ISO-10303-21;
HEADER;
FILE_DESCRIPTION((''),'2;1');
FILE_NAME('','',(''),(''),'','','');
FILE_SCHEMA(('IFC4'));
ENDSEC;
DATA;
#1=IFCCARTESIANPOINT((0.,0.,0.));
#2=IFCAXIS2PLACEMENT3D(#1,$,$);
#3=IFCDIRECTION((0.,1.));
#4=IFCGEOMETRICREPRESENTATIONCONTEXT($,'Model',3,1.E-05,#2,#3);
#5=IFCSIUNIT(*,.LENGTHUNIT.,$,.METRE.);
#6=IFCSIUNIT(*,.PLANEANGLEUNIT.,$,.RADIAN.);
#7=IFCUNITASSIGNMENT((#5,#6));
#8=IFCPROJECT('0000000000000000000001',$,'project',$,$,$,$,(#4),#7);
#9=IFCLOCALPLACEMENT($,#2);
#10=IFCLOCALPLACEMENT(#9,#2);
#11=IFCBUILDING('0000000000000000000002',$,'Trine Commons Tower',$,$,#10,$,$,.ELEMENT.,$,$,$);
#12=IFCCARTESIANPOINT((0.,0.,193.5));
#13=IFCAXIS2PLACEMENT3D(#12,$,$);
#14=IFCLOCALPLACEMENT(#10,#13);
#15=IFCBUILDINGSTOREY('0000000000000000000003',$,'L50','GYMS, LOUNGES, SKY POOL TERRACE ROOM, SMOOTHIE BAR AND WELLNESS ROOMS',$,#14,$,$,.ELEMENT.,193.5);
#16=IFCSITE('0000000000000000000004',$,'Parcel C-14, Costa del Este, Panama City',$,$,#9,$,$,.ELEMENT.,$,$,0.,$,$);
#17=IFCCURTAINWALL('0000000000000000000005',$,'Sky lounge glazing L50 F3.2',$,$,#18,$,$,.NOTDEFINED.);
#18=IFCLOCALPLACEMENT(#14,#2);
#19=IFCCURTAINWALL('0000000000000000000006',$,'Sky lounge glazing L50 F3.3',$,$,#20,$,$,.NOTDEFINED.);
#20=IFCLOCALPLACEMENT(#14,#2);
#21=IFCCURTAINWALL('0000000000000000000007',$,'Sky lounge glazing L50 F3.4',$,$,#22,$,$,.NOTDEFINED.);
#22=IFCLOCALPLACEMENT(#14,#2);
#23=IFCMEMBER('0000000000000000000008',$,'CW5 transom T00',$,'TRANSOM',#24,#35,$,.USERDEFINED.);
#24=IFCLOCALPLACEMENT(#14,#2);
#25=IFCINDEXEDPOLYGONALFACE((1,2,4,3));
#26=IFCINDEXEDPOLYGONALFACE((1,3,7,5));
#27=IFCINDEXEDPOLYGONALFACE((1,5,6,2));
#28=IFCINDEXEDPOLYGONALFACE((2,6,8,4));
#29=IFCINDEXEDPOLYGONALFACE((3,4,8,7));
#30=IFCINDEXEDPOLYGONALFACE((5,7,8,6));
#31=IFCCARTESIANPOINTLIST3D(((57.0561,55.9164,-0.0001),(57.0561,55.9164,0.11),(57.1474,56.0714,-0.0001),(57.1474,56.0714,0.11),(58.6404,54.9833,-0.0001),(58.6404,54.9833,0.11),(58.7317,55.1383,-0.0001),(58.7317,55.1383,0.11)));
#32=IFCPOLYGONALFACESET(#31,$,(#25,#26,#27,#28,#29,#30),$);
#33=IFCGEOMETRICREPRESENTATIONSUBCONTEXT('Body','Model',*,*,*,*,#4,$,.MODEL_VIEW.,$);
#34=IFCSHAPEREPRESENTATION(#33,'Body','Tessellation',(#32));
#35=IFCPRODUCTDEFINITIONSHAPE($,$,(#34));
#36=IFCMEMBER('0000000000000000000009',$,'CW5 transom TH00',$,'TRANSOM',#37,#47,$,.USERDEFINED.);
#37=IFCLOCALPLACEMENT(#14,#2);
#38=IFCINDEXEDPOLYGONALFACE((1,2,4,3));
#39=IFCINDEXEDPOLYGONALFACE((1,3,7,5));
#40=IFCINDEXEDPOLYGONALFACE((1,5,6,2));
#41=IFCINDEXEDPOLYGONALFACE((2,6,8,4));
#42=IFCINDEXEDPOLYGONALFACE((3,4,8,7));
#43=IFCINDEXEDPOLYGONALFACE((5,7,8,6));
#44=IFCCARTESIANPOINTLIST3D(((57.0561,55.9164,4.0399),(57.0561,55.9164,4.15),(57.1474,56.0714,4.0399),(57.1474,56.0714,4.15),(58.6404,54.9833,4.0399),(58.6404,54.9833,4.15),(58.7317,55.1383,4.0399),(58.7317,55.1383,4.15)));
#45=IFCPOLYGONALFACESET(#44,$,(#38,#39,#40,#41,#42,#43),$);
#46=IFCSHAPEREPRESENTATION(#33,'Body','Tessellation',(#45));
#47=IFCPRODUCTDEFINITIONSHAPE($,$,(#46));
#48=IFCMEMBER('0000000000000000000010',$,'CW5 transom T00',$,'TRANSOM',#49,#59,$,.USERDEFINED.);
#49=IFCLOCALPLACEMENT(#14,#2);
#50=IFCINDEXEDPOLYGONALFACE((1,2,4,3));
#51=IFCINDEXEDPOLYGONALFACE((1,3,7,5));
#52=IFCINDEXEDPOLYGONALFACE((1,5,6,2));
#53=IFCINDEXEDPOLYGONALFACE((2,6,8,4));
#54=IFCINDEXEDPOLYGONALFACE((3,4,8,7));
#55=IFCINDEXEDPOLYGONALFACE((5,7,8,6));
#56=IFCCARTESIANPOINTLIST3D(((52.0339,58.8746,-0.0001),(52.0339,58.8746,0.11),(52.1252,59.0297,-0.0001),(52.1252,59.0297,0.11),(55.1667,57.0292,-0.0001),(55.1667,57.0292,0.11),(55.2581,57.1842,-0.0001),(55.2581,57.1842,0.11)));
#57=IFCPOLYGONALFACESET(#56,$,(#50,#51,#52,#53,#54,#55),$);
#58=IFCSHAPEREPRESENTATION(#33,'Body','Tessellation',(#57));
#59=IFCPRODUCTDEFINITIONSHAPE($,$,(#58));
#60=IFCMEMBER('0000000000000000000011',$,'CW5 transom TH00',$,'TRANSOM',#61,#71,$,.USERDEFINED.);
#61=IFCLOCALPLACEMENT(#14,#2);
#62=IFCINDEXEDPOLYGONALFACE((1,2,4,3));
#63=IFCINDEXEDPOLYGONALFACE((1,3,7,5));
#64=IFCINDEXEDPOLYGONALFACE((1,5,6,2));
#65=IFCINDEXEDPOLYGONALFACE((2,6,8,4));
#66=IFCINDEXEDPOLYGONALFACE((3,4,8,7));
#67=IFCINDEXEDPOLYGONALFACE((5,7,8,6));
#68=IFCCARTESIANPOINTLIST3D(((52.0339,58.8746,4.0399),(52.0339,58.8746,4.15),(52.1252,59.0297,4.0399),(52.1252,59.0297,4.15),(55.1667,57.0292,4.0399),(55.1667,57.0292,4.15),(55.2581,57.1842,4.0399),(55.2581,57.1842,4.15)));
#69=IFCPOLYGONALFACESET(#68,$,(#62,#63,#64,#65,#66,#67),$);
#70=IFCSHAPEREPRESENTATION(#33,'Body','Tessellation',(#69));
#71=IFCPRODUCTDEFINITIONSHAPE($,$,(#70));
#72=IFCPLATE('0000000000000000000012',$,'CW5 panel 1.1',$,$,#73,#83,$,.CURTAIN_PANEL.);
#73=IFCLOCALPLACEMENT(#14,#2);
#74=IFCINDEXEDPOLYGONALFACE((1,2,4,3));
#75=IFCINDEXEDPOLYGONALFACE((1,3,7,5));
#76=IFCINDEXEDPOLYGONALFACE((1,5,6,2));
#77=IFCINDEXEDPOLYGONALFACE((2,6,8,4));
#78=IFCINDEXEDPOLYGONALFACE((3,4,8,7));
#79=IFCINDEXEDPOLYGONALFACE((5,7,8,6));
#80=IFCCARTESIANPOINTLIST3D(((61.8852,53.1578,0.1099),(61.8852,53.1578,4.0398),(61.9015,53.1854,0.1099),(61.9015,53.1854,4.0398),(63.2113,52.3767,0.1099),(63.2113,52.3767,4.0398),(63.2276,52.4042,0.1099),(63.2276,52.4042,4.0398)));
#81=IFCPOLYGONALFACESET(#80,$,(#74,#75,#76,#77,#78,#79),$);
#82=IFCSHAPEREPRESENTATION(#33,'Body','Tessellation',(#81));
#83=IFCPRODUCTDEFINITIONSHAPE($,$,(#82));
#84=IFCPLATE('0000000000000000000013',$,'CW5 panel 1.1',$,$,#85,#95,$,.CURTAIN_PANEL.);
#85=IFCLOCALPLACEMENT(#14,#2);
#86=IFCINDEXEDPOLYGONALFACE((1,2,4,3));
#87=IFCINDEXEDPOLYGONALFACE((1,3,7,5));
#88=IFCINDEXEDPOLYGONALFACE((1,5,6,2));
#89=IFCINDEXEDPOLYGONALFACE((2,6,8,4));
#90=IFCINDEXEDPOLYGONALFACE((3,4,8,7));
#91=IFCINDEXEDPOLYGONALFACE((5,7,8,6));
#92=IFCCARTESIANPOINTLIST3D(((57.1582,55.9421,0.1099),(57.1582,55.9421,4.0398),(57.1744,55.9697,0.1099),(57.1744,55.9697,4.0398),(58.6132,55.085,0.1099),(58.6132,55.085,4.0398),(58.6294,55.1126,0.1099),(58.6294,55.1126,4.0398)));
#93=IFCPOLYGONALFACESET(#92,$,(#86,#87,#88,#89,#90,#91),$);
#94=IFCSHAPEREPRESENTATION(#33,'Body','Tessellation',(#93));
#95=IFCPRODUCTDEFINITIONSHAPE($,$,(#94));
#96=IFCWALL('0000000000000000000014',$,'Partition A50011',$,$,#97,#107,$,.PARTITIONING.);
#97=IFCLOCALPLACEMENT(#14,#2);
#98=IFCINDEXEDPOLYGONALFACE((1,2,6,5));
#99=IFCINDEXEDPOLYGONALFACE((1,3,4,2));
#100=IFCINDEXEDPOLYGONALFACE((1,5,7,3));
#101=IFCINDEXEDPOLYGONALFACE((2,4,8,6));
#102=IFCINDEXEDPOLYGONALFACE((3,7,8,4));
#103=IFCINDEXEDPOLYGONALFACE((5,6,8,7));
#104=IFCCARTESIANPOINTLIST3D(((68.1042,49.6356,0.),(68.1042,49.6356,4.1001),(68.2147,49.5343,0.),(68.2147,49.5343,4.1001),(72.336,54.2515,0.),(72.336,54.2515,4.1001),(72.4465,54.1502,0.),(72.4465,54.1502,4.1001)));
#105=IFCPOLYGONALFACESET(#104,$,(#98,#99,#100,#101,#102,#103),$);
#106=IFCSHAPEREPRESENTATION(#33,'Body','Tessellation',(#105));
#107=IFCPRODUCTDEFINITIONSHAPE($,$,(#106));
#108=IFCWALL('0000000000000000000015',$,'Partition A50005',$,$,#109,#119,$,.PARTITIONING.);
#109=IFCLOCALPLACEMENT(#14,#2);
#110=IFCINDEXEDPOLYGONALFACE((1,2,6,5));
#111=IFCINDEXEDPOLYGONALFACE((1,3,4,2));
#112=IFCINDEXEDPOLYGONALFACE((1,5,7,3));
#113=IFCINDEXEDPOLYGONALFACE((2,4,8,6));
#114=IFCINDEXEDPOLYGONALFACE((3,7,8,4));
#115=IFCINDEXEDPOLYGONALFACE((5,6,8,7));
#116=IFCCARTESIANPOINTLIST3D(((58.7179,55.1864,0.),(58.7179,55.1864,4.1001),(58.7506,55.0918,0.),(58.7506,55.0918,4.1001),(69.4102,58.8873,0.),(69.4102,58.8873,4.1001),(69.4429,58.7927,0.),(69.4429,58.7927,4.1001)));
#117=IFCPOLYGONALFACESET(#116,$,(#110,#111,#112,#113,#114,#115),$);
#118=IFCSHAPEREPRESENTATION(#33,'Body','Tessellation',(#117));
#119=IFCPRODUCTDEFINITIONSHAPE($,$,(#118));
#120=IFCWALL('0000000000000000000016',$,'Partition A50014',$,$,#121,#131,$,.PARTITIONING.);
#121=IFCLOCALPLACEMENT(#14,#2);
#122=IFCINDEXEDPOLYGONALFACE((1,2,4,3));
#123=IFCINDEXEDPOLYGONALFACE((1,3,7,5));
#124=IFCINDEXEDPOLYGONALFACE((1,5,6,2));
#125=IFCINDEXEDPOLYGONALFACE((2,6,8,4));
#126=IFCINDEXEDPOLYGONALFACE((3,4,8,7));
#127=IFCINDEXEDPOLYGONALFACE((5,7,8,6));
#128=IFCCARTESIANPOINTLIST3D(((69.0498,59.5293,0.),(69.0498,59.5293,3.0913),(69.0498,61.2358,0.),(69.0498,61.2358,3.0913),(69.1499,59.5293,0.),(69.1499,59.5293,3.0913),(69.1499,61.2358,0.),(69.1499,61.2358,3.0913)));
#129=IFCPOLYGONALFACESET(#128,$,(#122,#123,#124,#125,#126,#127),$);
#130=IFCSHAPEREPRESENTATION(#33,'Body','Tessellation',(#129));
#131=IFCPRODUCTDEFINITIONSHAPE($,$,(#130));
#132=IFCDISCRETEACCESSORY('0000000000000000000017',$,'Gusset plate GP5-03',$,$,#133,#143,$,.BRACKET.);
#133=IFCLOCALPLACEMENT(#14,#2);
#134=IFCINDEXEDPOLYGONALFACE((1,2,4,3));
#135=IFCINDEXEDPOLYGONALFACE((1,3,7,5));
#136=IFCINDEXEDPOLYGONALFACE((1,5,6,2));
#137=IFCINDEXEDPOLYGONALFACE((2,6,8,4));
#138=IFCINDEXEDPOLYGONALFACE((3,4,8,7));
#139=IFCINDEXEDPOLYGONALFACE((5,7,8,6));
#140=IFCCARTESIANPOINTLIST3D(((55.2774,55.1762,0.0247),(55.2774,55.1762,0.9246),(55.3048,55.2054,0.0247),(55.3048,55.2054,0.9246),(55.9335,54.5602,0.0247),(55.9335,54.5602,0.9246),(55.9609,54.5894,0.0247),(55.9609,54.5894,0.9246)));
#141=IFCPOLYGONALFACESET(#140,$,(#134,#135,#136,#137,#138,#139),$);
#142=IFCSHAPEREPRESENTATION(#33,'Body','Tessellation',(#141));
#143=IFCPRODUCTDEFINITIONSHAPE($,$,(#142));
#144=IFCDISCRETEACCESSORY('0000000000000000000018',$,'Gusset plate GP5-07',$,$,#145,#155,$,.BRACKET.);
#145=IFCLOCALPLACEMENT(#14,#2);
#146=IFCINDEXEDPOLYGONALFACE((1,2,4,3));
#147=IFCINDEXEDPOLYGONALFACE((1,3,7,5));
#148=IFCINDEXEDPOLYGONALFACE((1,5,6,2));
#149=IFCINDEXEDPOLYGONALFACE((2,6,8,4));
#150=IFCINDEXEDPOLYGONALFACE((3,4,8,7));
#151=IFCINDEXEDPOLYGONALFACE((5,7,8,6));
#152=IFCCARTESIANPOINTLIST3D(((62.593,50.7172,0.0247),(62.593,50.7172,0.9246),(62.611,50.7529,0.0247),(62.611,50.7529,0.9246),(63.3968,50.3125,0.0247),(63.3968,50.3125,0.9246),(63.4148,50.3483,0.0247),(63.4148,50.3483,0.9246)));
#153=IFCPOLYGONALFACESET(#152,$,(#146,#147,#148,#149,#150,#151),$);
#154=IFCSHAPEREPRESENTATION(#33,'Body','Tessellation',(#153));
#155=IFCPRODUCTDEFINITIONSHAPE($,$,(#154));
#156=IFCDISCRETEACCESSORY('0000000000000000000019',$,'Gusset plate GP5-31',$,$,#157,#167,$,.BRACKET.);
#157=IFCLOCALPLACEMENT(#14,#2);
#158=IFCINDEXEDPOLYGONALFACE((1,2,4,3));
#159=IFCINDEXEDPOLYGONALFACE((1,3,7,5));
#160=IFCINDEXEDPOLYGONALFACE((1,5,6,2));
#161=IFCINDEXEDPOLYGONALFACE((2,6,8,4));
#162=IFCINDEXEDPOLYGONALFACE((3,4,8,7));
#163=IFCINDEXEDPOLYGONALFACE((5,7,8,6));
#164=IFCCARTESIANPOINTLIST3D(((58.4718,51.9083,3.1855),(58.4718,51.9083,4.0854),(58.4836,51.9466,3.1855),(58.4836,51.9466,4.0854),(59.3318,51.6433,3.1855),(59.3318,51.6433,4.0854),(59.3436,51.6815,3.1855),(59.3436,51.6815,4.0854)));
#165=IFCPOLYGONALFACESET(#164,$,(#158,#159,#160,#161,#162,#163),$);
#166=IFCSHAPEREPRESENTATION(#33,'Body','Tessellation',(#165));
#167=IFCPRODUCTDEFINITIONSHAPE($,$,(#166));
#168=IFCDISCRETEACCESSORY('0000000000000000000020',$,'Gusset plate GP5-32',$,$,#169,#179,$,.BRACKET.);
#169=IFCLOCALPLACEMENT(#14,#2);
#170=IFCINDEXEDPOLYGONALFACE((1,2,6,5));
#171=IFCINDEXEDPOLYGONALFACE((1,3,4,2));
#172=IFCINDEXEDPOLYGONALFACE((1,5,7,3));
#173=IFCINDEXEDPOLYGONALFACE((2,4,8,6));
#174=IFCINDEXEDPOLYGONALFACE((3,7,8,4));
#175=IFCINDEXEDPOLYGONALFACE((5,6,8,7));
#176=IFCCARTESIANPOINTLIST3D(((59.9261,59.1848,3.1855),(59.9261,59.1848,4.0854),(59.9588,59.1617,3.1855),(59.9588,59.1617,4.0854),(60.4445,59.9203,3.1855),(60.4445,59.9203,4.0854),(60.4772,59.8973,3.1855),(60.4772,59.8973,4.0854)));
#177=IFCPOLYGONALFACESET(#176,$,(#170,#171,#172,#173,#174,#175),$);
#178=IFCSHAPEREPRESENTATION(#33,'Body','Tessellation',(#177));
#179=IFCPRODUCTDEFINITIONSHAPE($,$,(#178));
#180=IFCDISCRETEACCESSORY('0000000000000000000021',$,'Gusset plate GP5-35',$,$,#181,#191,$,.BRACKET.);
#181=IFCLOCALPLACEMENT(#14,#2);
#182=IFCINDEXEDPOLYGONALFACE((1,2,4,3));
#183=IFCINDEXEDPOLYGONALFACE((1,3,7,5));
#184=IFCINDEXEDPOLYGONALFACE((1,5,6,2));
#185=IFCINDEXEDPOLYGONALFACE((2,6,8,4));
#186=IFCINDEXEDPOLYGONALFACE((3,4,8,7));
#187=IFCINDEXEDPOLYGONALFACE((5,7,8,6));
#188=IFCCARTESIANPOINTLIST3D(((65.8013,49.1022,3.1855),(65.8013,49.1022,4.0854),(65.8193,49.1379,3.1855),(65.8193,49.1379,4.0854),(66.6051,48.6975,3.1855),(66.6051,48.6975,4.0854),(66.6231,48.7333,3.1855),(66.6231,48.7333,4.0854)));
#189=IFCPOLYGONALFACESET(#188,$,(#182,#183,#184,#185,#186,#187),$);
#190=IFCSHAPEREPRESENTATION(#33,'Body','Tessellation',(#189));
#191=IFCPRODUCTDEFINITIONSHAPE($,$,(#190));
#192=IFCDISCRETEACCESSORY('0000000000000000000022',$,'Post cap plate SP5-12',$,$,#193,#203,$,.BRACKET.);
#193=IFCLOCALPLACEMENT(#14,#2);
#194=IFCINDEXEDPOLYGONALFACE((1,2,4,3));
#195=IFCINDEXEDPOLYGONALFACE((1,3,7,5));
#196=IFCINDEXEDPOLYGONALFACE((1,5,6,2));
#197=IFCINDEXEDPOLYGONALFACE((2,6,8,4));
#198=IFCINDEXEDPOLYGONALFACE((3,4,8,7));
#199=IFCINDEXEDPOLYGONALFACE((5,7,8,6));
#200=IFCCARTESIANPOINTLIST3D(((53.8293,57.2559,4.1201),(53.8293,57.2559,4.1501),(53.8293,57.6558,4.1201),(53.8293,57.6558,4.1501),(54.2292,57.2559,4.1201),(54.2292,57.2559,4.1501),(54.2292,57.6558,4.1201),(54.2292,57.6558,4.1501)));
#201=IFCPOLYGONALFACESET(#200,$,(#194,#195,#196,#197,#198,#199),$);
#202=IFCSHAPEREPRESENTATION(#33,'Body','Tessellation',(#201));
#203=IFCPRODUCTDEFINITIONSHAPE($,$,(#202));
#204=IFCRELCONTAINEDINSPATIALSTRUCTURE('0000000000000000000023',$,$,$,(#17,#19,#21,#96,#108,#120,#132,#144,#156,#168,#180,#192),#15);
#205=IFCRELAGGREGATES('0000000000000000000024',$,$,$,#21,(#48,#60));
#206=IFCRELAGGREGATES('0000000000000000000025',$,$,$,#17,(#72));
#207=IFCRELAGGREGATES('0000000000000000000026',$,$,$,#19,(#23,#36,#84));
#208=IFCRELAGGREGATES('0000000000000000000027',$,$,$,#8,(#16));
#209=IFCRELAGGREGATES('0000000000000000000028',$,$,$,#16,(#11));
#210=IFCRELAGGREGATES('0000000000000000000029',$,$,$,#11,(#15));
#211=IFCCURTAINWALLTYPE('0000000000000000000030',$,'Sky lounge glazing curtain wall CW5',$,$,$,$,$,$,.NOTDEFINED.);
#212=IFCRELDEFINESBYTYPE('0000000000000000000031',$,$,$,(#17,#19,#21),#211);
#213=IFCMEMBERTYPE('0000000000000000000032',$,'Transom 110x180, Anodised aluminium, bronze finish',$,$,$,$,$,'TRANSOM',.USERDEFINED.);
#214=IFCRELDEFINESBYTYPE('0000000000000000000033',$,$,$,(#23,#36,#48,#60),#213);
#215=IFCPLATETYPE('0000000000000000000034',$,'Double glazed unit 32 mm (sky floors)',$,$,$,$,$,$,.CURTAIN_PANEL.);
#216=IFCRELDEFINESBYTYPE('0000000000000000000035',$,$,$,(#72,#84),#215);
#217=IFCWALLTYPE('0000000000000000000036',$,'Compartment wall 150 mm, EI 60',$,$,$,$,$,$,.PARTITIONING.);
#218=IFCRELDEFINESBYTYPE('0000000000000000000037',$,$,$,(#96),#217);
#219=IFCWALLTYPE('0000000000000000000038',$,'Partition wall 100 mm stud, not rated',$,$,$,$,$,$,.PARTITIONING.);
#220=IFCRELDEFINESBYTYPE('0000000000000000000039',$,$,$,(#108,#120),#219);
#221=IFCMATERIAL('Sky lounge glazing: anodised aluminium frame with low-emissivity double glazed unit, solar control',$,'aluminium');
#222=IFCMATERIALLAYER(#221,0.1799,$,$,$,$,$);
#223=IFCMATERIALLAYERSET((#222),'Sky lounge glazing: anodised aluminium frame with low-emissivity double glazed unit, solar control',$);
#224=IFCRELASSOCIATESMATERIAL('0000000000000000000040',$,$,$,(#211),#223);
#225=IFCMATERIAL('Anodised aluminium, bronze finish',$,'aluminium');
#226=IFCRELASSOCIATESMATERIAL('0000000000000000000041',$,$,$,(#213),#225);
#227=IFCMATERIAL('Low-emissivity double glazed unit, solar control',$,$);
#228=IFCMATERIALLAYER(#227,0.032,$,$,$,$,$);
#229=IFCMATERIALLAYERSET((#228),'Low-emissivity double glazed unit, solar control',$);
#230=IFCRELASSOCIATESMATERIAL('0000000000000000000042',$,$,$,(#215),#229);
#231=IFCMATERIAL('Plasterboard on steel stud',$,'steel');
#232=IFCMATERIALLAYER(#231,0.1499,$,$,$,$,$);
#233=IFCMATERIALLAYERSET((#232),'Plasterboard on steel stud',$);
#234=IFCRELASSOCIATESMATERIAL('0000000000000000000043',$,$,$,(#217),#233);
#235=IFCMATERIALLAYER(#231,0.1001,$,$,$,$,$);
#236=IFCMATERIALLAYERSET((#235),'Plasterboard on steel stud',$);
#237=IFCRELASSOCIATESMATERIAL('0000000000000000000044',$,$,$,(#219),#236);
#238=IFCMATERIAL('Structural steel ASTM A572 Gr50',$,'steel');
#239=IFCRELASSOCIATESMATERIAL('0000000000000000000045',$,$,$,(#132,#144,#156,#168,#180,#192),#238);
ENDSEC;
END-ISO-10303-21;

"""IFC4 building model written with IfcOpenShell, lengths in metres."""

from ifc_helpers import new_model, si_unit, direction, frame, frame_2d, origin, origin_2d, place, context, subcontext, project, spatial, rectangle, extrude, material, layer, layer_set, material_profile, profile_set, type_object, element, aggregate, save


model = new_model("IFC4")

# Units and contexts
model_context = context("Model", 3, precision=1e-05, world=origin(), true_north=direction((0.0, 1.0)))
body_context = subcontext(model_context, "Body", "Model", "MODEL_VIEW")
ifc_project = project(units=[si_unit("LENGTHUNIT", "METRE"), si_unit("PLANEANGLEUNIT", "RADIAN")], contexts=[model_context])

# Site, building, storey
site_placement = place(None, origin())
site = spatial("IfcSite", under=ifc_project, at=site_placement, Name="Parcel C-14, Costa del Este, Panama City", CompositionType="ELEMENT", RefElevation=0.0)
building_placement = place(site_placement, origin())
building = spatial("IfcBuilding", under=site, at=building_placement, Name="Trine Commons Tower", CompositionType="ELEMENT")
storey_placement = place(building_placement, frame((0.0, 0.0, 193.5)))
storey = spatial("IfcBuildingStorey", under=building, at=storey_placement, Name="L50", Description="GYMS, LOUNGES, SKY POOL TERRACE ROOM, SMOOTHIE BAR AND WELLNESS ROOMS", CompositionType="ELEMENT", Elevation=193.5)

# Curtain walls
ifc_material_1 = material(Name="Sky lounge glazing: anodised aluminium frame with low-emissivity double glazed unit, solar control", Category="aluminium")
ifc_layer_1 = layer(ifc_material_1, 0.1799)
ifc_layer_set_1 = layer_set([ifc_layer_1], Name="Sky lounge glazing: anodised aluminium frame with low-emissivity double glazed unit, solar control")
curtain_wall_type = type_object("IfcCurtainWallType", Name="Sky lounge glazing curtain wall CW5", PredefinedType="NOTDEFINED", material=ifc_layer_set_1)
curtain_wall_1_placement = place(storey_placement, origin())
curtain_wall_1 = element("IfcCurtainWall", 1, at=curtain_wall_1_placement, inside=storey, type_object=curtain_wall_type, Name="Sky lounge glazing L50 F3.2", PredefinedType="NOTDEFINED")
ifc_material_2 = material(Name="Anodised aluminium, bronze finish", Category="aluminium")
curtain_wall_2_placement = place(storey_placement, origin())
curtain_wall_2 = element("IfcCurtainWall", 2, at=curtain_wall_2_placement, inside=storey, type_object=curtain_wall_type, Name="Sky lounge glazing L50 F3.3", PredefinedType="NOTDEFINED")

# Curtain wall
curtain_wall_3_placement = place(storey_placement, origin())
curtain_wall_3 = element("IfcCurtainWall", 3, at=curtain_wall_3_placement, inside=storey, type_object=curtain_wall_type, Name="Sky lounge glazing L50 F3.4", PredefinedType="NOTDEFINED")

# Members
ifc_material_profile_1 = material_profile(ifc_material_2, rectangle(XDim=0.1799, YDim=0.1101, at=origin_2d()), Name="Transom 110x180")
ifc_profile_set_1 = profile_set([ifc_material_profile_1], Name="Anodised aluminium, bronze finish")
member_type_1 = type_object("IfcMemberType", Name="Transom 110x180, Anodised aluminium, bronze finish", ElementType="TRANSOM", PredefinedType="USERDEFINED", material=ifc_profile_set_1)
member_1_placement = place(storey_placement, frame((58.686, 55.0608, 0.0549), z_axis=(-0.861647, 0.507507, 0.0), x_axis=(-0.507507, -0.861647, 0.0)))
member_1 = element("IfcMember", 4, at=member_1_placement, type_object=member_type_1, Name="CW5 transom T00", ObjectType="TRANSOM", PredefinedType="USERDEFINED", context=body_context, shape_type="SweptSolid", body=[
    extrude(rectangle(XDim=0.1799, YDim=0.1101, at=origin_2d()), origin(), (0.0, 0.0, 1.0), 1.8386),
])
member_2_placement = place(storey_placement, frame((58.686, 55.0608, 4.095), z_axis=(-0.861647, 0.507507, 0.0), x_axis=(-0.507507, -0.861647, 0.0)))
member_2 = element("IfcMember", 5, at=member_2_placement, type_object=member_type_1, Name="CW5 transom TH00", ObjectType="TRANSOM", PredefinedType="USERDEFINED", context=body_context, shape_type="SweptSolid", body=[
    extrude(rectangle(XDim=0.1799, YDim=0.1101, at=origin_2d()), origin(), (0.0, 0.0, 1.0), 1.8386),
])
member_3_placement = place(storey_placement, frame((55.2124, 57.1067, 0.0549), z_axis=(-0.861618, 0.507557, 0.0), x_axis=(-0.507557, -0.861618, 0.0)))
member_3 = element("IfcMember", 6, at=member_3_placement, type_object=member_type_1, Name="CW5 transom T00", ObjectType="TRANSOM", PredefinedType="USERDEFINED", context=body_context, shape_type="SweptSolid", body=[
    extrude(rectangle(XDim=0.1799, YDim=0.1101, at=origin_2d()), origin(), (0.0, 0.0, 1.0), 3.636),
])
member_4_placement = place(storey_placement, frame((55.2124, 57.1067, 4.095), z_axis=(-0.861618, 0.507557, 0.0), x_axis=(-0.507557, -0.861618, 0.0)))
member_4 = element("IfcMember", 7, at=member_4_placement, type_object=member_type_1, Name="CW5 transom TH00", ObjectType="TRANSOM", PredefinedType="USERDEFINED", context=body_context, shape_type="SweptSolid", body=[
    extrude(rectangle(XDim=0.1799, YDim=0.1101, at=origin_2d()), origin(), (0.0, 0.0, 1.0), 3.636),
])
aggregate(curtain_wall_3, [member_3, member_4])

# Plates
ifc_material_3 = material(Name="Low-emissivity double glazed unit, solar control")
ifc_layer_2 = layer(ifc_material_3, 0.032)
ifc_layer_set_2 = layer_set([ifc_layer_2], Name="Low-emissivity double glazed unit, solar control")
plate_type = type_object("IfcPlateType", Name="Double glazed unit 32 mm (sky floors)", PredefinedType="CURTAIN_PANEL", material=ifc_layer_set_2)
plate_1_placement = place(storey_placement, frame((62.5564, 52.781, 0.1099), z_axis=(0.0, 0.0, 1.0), x_axis=(-0.861629, 0.507538, 0.0)))
plate_1 = element("IfcPlate", 8, at=plate_1_placement, type_object=plate_type, Name="CW5 panel 1.1", PredefinedType="CURTAIN_PANEL", context=body_context, shape_type="SweptSolid", body=[
    extrude(rectangle(XDim=1.5391, YDim=0.032, at=origin_2d()), origin(), (0.0, 0.0, 1.0), 3.9299),
])
aggregate(curtain_wall_1, [plate_1])
plate_2_placement = place(storey_placement, frame((57.8938, 55.5273, 0.1099), z_axis=(0.0, 0.0, 1.0), x_axis=(-0.861629, 0.507538, 0.0)))
plate_2 = element("IfcPlate", 9, at=plate_2_placement, type_object=plate_type, Name="CW5 panel 1.1", PredefinedType="CURTAIN_PANEL", context=body_context, shape_type="SweptSolid", body=[
    extrude(rectangle(XDim=1.6887, YDim=0.032, at=origin_2d()), origin(), (0.0, 0.0, 1.0), 3.9299),
])
aggregate(curtain_wall_2, [member_1, member_2, plate_2])

# Wall
ifc_material_4 = material(Name="Plasterboard on steel stud", Category="steel")
ifc_layer_3 = layer(ifc_material_4, 0.1499)
ifc_layer_set_3 = layer_set([ifc_layer_3], Name="Plasterboard on steel stud")
wall_type_1 = type_object("IfcWallType", Name="Compartment wall 150 mm, EI 60", PredefinedType="PARTITIONING", material=ifc_layer_set_3)
wall_1_placement = place(storey_placement, frame((68.1594, 49.585, 0.0), z_axis=(0.0, 0.0, 1.0), x_axis=(0.675779, 0.737104, 0.0)))
element("IfcWall", 10, at=wall_1_placement, inside=storey, type_object=wall_type_1, Name="Partition A50011", PredefinedType="PARTITIONING", context=body_context, shape_type="SweptSolid", body=[
    extrude(rectangle(XDim=6.2622, YDim=0.1499, at=frame_2d((3.1311, 0.0))), origin(), (0.0, 0.0, 1.0), 4.1001),
])

# Walls
ifc_layer_4 = layer(ifc_material_4, 0.1001)
ifc_layer_set_4 = layer_set([ifc_layer_4], Name="Plasterboard on steel stud")
wall_type_2 = type_object("IfcWallType", Name="Partition wall 100 mm stud, not rated", PredefinedType="PARTITIONING", material=ifc_layer_set_4)
wall_2_placement = place(storey_placement, frame((58.7344, 55.1392, 0.0), z_axis=(0.0, 0.0, 1.0), x_axis=(0.944994, 0.327088, 0.0)))
element("IfcWall", 11, at=wall_2_placement, inside=storey, type_object=wall_type_2, Name="Partition A50005", PredefinedType="PARTITIONING", context=body_context, shape_type="SweptSolid", body=[
    extrude(rectangle(XDim=11.3147, YDim=0.1001, at=frame_2d((5.6572, 0.0))), origin(), (0.0, 0.0, 1.0), 4.1001),
])
wall_3_placement = place(storey_placement, frame((69.0999, 59.5293, 0.0), z_axis=(0.0, 0.0, 1.0), x_axis=(0.0, 1.0, 0.0)))
element("IfcWall", 12, at=wall_3_placement, inside=storey, type_object=wall_type_2, Name="Partition A50014", PredefinedType="PARTITIONING", context=body_context, shape_type="SweptSolid", body=[
    extrude(rectangle(XDim=1.7065, YDim=0.1001, at=frame_2d((0.8533, 0.0))), origin(), (0.0, 0.0, 1.0), 3.0913),
])

# Discrete accessories
ifc_material_5 = material(Name="Structural steel ASTM A572 Gr50", Category="steel")
for number, where, z_axis, x_axis, name in (
    (13, (55.6191, 54.8828, 0.0247), (0.0, 0.0, 1.0), (0.72904, -0.684471, 0.0), "Gusset plate GP5-03"),
    (14, (63.0039, 50.5327, 0.0247), (0.0, 0.0, 1.0), (0.893207, -0.449646, 0.0), "Gusset plate GP5-07"),
    (15, (58.9077, 51.7949, 3.1855), (0.0, 0.0, 1.0), (-0.955654, 0.294491, 0.0), "Gusset plate GP5-31"),
    (16, (60.2017, 59.541, 3.1855), (0.0, 0.0, 1.0), (-0.576061, -0.817406, 0.0), "Gusset plate GP5-32"),
    (17, (66.2122, 48.9177, 3.1855), (0.0, 0.0, 1.0), (0.893207, -0.449646, 0.0), "Gusset plate GP5-35"),
):
    element("IfcDiscreteAccessory", number, at=place(storey_placement, frame(where, z_axis=z_axis, x_axis=x_axis)), inside=storey, material=ifc_material_5, Name=name, PredefinedType="BRACKET", context=body_context, shape_type="SweptSolid", body=[
        extrude(rectangle(XDim=0.8999, YDim=0.04, at=origin_2d()), origin(), (0.0, 0.0, 1.0), 0.8999),
    ])
for number, where, z_axis, x_axis, name in (
    (18, (54.0293, 57.4558, 4.1201), (0.0, 0.0, 1.0), (1.0, 0.0, 0.0), "Post cap plate SP5-12"),
):
    element("IfcDiscreteAccessory", number, at=place(storey_placement, frame(where, z_axis=z_axis, x_axis=x_axis)), inside=storey, material=ifc_material_5, Name=name, PredefinedType="BRACKET", context=body_context, shape_type="SweptSolid", body=[
        extrude(rectangle(XDim=0.3999, YDim=0.3999, at=origin_2d()), origin(), (0.0, 0.0, 1.0), 0.03),
    ])

save(model, "model.ifc")
